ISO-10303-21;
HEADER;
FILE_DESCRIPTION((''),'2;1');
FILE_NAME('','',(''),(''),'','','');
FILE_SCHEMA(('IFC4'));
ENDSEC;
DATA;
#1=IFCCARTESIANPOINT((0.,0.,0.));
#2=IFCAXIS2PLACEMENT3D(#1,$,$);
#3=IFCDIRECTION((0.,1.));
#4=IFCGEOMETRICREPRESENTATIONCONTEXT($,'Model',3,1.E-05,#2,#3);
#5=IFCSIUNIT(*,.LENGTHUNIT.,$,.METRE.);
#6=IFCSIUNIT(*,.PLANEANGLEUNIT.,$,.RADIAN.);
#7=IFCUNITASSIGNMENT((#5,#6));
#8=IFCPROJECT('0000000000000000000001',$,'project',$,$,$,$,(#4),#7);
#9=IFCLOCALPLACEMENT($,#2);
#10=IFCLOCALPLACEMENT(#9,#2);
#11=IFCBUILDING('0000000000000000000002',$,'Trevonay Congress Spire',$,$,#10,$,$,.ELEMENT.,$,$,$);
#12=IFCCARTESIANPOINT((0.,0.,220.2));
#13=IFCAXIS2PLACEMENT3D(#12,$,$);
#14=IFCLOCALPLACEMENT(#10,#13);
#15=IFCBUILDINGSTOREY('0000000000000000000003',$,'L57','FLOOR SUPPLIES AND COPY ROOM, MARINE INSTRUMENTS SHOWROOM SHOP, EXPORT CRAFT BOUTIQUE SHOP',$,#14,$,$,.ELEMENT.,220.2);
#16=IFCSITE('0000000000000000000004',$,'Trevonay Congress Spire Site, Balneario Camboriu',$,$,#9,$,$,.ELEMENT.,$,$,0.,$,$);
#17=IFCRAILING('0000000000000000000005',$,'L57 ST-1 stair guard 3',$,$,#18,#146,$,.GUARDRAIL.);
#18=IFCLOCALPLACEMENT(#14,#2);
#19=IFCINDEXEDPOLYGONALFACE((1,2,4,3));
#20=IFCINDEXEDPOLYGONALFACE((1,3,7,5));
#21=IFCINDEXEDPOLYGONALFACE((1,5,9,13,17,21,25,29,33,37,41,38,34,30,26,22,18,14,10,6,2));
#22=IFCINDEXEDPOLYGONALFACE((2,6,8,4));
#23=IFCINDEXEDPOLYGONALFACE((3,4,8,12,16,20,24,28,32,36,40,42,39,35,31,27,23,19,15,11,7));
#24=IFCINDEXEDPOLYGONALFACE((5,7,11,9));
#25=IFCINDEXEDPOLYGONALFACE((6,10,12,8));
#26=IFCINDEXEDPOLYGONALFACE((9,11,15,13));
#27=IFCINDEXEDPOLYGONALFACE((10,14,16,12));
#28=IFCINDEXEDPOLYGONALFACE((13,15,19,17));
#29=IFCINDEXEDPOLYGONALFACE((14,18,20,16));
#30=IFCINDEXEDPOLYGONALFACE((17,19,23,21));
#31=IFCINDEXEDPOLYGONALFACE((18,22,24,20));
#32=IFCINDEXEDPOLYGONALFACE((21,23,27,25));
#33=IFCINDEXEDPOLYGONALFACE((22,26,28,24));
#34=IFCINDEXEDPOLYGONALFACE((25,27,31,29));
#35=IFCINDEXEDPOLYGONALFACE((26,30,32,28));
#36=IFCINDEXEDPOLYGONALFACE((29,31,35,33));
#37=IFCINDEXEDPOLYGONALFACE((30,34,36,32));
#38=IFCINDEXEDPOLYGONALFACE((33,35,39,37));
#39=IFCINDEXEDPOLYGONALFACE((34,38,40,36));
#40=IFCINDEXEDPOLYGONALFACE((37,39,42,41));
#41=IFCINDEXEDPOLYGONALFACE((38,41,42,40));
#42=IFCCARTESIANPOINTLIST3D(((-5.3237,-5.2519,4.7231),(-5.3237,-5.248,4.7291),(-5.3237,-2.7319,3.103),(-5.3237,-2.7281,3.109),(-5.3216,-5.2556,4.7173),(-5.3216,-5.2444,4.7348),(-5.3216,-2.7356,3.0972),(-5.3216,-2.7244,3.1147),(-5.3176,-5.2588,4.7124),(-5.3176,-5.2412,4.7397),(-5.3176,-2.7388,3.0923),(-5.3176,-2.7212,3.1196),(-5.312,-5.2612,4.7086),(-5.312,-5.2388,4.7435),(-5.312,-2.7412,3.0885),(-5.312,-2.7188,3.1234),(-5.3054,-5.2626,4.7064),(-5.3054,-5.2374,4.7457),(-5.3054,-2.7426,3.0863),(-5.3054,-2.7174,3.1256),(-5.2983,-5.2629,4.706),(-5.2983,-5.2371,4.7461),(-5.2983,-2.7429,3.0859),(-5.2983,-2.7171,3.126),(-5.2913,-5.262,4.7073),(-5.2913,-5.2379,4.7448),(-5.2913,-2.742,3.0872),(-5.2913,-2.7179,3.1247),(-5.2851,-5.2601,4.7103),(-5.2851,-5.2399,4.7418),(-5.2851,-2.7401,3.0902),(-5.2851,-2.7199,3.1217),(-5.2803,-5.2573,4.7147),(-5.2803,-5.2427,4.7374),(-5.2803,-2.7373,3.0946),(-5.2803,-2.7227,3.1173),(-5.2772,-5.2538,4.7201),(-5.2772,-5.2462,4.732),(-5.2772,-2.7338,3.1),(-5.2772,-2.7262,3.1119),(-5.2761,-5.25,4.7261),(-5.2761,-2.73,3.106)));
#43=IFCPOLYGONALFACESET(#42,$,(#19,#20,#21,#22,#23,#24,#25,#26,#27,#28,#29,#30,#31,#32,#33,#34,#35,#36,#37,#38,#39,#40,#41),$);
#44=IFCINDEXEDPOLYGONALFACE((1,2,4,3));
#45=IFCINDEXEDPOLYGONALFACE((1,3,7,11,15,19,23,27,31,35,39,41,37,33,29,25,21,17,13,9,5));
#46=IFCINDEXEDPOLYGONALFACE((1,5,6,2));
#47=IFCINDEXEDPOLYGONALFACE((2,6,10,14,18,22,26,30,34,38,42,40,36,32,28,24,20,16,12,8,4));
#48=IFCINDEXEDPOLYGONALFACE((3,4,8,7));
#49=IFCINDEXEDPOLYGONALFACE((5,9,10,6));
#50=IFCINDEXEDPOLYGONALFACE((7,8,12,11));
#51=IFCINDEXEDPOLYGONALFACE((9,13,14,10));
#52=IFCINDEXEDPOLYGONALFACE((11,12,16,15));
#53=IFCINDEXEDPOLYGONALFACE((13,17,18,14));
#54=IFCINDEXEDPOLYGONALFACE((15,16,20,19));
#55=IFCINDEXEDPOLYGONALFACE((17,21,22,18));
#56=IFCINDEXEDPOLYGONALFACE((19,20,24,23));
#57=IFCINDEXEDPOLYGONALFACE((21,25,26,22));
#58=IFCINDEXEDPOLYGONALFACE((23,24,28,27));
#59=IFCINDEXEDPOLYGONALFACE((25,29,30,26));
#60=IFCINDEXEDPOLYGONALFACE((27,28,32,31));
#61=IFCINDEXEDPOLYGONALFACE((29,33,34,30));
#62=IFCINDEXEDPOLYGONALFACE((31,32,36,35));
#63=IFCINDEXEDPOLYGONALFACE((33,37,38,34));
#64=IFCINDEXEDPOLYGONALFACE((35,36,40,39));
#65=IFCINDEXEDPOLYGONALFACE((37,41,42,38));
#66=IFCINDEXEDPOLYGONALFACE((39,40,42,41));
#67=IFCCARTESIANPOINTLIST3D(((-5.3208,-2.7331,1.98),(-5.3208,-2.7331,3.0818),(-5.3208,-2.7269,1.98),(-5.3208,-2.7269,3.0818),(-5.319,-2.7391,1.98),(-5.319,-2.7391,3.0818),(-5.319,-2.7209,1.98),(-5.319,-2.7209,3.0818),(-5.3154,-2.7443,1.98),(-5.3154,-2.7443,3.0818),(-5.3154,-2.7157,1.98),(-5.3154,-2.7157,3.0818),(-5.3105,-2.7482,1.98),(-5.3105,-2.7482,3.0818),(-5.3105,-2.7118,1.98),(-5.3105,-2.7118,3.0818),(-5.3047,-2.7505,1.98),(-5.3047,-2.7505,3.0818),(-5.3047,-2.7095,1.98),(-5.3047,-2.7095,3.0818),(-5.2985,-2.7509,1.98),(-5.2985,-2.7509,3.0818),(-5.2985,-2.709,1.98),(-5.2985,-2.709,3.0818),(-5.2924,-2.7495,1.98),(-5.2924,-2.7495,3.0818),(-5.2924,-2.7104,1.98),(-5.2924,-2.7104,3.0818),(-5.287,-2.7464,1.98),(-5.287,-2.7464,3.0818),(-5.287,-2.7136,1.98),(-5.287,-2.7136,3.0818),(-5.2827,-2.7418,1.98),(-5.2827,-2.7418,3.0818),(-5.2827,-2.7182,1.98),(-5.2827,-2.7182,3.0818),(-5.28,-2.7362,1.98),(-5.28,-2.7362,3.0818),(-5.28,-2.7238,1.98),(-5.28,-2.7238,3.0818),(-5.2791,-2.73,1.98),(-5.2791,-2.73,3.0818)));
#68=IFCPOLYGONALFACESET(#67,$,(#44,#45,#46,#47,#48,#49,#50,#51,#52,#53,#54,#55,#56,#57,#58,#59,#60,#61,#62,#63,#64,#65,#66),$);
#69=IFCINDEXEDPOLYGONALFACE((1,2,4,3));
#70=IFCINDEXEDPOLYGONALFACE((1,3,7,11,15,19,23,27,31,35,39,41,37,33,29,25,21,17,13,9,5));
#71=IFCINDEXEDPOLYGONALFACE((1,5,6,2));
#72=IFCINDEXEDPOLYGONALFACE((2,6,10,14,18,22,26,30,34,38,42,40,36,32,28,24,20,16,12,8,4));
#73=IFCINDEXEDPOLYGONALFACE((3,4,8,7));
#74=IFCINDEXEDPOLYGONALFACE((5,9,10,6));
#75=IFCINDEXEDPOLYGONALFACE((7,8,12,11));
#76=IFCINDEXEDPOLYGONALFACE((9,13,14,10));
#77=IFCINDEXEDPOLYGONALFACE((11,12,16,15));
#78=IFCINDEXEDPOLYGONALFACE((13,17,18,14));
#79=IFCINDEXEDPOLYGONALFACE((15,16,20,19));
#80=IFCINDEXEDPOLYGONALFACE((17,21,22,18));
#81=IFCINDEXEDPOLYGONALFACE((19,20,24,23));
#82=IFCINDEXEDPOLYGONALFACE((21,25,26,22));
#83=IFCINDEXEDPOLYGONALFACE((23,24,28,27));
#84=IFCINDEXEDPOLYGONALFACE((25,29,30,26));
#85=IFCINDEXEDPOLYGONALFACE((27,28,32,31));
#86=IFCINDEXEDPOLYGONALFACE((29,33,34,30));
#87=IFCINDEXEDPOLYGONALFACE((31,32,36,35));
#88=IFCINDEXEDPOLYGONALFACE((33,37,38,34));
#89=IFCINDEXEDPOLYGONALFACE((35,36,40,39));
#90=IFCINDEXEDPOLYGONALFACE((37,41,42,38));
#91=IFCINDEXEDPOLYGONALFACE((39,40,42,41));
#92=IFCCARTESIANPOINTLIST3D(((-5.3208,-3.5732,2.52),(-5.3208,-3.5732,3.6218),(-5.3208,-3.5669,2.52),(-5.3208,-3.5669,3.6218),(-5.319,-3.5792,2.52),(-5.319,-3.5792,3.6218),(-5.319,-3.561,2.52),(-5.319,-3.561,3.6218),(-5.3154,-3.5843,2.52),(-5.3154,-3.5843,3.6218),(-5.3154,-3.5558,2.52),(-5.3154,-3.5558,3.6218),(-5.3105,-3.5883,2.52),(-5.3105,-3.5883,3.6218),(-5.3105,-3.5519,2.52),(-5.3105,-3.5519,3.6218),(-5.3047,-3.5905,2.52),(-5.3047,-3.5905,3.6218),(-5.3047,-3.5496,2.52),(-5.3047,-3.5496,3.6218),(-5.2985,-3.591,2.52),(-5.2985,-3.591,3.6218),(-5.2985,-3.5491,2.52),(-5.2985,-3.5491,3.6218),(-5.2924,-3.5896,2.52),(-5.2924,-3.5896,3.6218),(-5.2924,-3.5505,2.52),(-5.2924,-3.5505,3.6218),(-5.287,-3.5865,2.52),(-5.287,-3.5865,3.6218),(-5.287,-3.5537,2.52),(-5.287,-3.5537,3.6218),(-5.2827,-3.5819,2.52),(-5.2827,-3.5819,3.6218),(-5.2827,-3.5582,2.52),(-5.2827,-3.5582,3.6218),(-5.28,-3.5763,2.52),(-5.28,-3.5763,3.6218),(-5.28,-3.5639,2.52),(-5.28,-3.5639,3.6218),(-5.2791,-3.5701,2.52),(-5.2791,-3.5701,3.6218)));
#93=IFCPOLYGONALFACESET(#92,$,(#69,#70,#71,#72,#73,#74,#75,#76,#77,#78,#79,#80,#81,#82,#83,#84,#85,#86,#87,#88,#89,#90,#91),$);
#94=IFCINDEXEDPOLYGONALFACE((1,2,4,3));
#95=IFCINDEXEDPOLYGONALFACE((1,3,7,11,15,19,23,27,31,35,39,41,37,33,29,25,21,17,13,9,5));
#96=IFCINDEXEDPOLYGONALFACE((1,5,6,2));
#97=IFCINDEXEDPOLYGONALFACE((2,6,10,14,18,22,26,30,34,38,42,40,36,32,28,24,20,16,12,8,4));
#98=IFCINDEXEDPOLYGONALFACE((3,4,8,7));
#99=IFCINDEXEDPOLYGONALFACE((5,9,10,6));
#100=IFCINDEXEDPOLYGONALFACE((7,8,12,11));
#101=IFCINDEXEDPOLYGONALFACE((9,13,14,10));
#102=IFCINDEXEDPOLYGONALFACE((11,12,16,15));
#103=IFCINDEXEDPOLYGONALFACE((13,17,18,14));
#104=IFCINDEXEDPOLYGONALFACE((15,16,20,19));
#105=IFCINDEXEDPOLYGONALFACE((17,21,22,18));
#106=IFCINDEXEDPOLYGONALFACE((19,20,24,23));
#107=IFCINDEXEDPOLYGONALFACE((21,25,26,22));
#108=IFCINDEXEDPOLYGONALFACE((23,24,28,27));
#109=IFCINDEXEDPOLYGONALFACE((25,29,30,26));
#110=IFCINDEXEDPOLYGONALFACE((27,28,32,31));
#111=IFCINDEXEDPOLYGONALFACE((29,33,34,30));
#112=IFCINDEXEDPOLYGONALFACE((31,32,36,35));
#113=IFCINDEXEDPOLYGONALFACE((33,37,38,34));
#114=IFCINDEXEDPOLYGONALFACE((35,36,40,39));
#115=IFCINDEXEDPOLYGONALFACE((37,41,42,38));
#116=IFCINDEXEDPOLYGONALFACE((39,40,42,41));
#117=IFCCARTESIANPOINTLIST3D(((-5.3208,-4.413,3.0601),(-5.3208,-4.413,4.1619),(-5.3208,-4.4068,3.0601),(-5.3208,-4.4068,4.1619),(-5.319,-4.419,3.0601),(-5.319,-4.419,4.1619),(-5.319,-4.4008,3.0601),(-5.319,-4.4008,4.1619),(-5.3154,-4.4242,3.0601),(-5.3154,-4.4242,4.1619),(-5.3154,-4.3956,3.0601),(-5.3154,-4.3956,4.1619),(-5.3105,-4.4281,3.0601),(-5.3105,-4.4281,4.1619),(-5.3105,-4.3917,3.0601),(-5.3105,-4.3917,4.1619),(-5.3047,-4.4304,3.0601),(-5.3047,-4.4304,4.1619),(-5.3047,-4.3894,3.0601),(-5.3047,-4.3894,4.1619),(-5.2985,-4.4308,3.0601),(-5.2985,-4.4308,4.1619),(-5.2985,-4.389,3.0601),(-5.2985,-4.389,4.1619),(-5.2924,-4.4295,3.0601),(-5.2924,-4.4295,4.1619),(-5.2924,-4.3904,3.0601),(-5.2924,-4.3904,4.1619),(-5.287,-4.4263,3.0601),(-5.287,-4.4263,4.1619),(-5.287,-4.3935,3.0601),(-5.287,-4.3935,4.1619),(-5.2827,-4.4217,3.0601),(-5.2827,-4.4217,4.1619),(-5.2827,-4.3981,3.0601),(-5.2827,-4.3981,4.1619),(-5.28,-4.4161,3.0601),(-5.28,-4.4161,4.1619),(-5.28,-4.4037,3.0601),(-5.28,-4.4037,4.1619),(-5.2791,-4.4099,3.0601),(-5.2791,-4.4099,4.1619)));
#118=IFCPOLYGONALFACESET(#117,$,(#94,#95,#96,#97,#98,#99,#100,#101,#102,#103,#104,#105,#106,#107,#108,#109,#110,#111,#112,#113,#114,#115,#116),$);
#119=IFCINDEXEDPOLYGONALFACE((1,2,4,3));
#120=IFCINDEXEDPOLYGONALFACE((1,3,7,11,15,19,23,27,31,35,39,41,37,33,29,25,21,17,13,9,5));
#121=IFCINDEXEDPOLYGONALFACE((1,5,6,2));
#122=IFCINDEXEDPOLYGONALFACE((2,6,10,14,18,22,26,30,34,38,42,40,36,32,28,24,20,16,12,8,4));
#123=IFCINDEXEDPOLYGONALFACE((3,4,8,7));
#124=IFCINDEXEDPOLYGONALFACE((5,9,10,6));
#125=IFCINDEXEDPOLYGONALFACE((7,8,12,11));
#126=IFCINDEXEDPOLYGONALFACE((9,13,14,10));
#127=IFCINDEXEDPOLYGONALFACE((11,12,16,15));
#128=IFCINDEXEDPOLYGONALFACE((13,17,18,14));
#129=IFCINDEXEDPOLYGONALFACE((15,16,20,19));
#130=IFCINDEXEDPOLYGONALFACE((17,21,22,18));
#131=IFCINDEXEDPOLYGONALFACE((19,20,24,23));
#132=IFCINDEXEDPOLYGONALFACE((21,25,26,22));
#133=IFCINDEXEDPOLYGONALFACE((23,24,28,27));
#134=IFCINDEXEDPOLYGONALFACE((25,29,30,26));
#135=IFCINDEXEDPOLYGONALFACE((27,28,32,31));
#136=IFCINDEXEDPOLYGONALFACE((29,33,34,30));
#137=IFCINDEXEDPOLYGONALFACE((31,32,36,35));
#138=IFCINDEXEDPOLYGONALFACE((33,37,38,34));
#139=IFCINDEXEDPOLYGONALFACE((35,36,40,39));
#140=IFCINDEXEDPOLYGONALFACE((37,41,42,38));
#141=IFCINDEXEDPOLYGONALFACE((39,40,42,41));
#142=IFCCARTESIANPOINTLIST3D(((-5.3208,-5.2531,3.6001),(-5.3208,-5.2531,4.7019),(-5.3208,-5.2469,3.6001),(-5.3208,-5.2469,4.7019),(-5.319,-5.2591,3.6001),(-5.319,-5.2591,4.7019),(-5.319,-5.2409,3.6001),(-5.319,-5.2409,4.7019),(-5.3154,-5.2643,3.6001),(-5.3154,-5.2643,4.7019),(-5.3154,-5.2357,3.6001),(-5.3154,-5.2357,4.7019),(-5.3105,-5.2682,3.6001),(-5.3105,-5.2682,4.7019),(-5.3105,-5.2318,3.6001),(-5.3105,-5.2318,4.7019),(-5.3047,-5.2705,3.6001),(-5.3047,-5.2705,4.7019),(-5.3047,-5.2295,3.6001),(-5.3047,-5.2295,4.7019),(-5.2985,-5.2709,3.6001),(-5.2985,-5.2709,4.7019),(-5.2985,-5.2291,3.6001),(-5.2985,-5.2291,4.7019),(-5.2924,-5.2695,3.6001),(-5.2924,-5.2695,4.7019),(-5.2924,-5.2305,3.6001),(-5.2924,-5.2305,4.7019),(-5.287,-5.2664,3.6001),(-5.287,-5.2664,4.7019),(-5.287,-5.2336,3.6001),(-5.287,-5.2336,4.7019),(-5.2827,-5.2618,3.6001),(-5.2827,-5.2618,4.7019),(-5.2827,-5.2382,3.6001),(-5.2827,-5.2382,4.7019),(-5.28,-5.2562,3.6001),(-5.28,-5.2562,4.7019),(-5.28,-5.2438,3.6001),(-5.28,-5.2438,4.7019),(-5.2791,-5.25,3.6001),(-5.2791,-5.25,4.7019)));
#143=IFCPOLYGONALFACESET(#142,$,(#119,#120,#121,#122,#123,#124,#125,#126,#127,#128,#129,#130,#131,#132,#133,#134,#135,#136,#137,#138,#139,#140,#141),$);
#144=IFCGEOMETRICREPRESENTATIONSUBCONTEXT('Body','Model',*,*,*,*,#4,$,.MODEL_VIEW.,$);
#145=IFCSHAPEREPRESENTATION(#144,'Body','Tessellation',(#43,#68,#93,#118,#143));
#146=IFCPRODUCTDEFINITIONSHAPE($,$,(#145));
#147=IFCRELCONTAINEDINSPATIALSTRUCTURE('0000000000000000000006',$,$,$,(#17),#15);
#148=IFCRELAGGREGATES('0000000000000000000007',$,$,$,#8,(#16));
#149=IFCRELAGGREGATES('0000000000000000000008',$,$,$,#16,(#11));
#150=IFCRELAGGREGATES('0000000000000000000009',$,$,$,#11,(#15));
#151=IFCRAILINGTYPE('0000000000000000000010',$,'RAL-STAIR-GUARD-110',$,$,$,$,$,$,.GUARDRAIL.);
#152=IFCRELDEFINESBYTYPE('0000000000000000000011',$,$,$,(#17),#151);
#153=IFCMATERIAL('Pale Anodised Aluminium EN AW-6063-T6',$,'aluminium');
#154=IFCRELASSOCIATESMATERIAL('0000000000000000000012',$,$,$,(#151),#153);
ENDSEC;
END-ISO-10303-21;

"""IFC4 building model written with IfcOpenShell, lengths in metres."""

from ifc_helpers import new_model, si_unit, direction, frame, origin, origin_2d, place, context, subcontext, project, spatial, circle, extrude, material, type_object, element, save


model = new_model("IFC4")

# Units and contexts
model_context = context("Model", 3, precision=1e-05, world=origin(), true_north=direction((0.0, 1.0)))
body_context = subcontext(model_context, "Body", "Model", "MODEL_VIEW")
ifc_project = project(units=[si_unit("LENGTHUNIT", "METRE"), si_unit("PLANEANGLEUNIT", "RADIAN")], contexts=[model_context])

# Site, building, storey
site_placement = place(None, origin())
site = spatial("IfcSite", under=ifc_project, at=site_placement, Name="Trevonay Congress Spire Site, Balneario Camboriu", CompositionType="ELEMENT", RefElevation=0.0)
building_placement = place(site_placement, origin())
building = spatial("IfcBuilding", under=site, at=building_placement, Name="Trevonay Congress Spire", CompositionType="ELEMENT")
storey_placement = place(building_placement, frame((0.0, 0.0, 220.2)))
storey = spatial("IfcBuildingStorey", under=building, at=storey_placement, Name="L57", Description="FLOOR SUPPLIES AND COPY ROOM, MARINE INSTRUMENTS SHOWROOM SHOP, EXPORT CRAFT BOUTIQUE SHOP", CompositionType="ELEMENT", Elevation=220.2)

# Railing
ifc_material_1 = material(Name="Pale Anodised Aluminium EN AW-6063-T6", Category="aluminium")
railing_type_1 = type_object("IfcRailingType", Name="RAL-STAIR-GUARD-110", PredefinedType="GUARDRAIL", material=ifc_material_1)
railing_1_placement = place(storey_placement, frame((-5.3, -2.73, 1.98)))
element("IfcRailing", 1, at=railing_1_placement, inside=storey, type_object=railing_type_1, Name="L57 ST-1 stair guard 3", PredefinedType="GUARDRAIL", context=body_context, shape_type="SweptSolid", body=[
    extrude(circle(Radius=0.0239, at=origin_2d()), frame((0.0, 0.0, 1.126), z_axis=(0.0, -0.841163, 0.540782), x_axis=(1.0, 0.0, 0.0)), (0.0, 0.0, 1.0), 2.9958),
    extrude(circle(Radius=0.021, at=origin_2d()), origin(), (0.0, 0.0, 1.0), 1.1018),
    extrude(circle(Radius=0.021, at=origin_2d()), frame((0.0, -0.8401, 0.54)), (0.0, 0.0, 1.0), 1.1018),
    extrude(circle(Radius=0.021, at=origin_2d()), frame((0.0, -1.6799, 1.0801)), (0.0, 0.0, 1.0), 1.1018),
    extrude(circle(Radius=0.021, at=origin_2d()), frame((0.0, -2.52, 1.6201)), (0.0, 0.0, 1.0), 1.1018),
])

save(model, "model.ifc")
